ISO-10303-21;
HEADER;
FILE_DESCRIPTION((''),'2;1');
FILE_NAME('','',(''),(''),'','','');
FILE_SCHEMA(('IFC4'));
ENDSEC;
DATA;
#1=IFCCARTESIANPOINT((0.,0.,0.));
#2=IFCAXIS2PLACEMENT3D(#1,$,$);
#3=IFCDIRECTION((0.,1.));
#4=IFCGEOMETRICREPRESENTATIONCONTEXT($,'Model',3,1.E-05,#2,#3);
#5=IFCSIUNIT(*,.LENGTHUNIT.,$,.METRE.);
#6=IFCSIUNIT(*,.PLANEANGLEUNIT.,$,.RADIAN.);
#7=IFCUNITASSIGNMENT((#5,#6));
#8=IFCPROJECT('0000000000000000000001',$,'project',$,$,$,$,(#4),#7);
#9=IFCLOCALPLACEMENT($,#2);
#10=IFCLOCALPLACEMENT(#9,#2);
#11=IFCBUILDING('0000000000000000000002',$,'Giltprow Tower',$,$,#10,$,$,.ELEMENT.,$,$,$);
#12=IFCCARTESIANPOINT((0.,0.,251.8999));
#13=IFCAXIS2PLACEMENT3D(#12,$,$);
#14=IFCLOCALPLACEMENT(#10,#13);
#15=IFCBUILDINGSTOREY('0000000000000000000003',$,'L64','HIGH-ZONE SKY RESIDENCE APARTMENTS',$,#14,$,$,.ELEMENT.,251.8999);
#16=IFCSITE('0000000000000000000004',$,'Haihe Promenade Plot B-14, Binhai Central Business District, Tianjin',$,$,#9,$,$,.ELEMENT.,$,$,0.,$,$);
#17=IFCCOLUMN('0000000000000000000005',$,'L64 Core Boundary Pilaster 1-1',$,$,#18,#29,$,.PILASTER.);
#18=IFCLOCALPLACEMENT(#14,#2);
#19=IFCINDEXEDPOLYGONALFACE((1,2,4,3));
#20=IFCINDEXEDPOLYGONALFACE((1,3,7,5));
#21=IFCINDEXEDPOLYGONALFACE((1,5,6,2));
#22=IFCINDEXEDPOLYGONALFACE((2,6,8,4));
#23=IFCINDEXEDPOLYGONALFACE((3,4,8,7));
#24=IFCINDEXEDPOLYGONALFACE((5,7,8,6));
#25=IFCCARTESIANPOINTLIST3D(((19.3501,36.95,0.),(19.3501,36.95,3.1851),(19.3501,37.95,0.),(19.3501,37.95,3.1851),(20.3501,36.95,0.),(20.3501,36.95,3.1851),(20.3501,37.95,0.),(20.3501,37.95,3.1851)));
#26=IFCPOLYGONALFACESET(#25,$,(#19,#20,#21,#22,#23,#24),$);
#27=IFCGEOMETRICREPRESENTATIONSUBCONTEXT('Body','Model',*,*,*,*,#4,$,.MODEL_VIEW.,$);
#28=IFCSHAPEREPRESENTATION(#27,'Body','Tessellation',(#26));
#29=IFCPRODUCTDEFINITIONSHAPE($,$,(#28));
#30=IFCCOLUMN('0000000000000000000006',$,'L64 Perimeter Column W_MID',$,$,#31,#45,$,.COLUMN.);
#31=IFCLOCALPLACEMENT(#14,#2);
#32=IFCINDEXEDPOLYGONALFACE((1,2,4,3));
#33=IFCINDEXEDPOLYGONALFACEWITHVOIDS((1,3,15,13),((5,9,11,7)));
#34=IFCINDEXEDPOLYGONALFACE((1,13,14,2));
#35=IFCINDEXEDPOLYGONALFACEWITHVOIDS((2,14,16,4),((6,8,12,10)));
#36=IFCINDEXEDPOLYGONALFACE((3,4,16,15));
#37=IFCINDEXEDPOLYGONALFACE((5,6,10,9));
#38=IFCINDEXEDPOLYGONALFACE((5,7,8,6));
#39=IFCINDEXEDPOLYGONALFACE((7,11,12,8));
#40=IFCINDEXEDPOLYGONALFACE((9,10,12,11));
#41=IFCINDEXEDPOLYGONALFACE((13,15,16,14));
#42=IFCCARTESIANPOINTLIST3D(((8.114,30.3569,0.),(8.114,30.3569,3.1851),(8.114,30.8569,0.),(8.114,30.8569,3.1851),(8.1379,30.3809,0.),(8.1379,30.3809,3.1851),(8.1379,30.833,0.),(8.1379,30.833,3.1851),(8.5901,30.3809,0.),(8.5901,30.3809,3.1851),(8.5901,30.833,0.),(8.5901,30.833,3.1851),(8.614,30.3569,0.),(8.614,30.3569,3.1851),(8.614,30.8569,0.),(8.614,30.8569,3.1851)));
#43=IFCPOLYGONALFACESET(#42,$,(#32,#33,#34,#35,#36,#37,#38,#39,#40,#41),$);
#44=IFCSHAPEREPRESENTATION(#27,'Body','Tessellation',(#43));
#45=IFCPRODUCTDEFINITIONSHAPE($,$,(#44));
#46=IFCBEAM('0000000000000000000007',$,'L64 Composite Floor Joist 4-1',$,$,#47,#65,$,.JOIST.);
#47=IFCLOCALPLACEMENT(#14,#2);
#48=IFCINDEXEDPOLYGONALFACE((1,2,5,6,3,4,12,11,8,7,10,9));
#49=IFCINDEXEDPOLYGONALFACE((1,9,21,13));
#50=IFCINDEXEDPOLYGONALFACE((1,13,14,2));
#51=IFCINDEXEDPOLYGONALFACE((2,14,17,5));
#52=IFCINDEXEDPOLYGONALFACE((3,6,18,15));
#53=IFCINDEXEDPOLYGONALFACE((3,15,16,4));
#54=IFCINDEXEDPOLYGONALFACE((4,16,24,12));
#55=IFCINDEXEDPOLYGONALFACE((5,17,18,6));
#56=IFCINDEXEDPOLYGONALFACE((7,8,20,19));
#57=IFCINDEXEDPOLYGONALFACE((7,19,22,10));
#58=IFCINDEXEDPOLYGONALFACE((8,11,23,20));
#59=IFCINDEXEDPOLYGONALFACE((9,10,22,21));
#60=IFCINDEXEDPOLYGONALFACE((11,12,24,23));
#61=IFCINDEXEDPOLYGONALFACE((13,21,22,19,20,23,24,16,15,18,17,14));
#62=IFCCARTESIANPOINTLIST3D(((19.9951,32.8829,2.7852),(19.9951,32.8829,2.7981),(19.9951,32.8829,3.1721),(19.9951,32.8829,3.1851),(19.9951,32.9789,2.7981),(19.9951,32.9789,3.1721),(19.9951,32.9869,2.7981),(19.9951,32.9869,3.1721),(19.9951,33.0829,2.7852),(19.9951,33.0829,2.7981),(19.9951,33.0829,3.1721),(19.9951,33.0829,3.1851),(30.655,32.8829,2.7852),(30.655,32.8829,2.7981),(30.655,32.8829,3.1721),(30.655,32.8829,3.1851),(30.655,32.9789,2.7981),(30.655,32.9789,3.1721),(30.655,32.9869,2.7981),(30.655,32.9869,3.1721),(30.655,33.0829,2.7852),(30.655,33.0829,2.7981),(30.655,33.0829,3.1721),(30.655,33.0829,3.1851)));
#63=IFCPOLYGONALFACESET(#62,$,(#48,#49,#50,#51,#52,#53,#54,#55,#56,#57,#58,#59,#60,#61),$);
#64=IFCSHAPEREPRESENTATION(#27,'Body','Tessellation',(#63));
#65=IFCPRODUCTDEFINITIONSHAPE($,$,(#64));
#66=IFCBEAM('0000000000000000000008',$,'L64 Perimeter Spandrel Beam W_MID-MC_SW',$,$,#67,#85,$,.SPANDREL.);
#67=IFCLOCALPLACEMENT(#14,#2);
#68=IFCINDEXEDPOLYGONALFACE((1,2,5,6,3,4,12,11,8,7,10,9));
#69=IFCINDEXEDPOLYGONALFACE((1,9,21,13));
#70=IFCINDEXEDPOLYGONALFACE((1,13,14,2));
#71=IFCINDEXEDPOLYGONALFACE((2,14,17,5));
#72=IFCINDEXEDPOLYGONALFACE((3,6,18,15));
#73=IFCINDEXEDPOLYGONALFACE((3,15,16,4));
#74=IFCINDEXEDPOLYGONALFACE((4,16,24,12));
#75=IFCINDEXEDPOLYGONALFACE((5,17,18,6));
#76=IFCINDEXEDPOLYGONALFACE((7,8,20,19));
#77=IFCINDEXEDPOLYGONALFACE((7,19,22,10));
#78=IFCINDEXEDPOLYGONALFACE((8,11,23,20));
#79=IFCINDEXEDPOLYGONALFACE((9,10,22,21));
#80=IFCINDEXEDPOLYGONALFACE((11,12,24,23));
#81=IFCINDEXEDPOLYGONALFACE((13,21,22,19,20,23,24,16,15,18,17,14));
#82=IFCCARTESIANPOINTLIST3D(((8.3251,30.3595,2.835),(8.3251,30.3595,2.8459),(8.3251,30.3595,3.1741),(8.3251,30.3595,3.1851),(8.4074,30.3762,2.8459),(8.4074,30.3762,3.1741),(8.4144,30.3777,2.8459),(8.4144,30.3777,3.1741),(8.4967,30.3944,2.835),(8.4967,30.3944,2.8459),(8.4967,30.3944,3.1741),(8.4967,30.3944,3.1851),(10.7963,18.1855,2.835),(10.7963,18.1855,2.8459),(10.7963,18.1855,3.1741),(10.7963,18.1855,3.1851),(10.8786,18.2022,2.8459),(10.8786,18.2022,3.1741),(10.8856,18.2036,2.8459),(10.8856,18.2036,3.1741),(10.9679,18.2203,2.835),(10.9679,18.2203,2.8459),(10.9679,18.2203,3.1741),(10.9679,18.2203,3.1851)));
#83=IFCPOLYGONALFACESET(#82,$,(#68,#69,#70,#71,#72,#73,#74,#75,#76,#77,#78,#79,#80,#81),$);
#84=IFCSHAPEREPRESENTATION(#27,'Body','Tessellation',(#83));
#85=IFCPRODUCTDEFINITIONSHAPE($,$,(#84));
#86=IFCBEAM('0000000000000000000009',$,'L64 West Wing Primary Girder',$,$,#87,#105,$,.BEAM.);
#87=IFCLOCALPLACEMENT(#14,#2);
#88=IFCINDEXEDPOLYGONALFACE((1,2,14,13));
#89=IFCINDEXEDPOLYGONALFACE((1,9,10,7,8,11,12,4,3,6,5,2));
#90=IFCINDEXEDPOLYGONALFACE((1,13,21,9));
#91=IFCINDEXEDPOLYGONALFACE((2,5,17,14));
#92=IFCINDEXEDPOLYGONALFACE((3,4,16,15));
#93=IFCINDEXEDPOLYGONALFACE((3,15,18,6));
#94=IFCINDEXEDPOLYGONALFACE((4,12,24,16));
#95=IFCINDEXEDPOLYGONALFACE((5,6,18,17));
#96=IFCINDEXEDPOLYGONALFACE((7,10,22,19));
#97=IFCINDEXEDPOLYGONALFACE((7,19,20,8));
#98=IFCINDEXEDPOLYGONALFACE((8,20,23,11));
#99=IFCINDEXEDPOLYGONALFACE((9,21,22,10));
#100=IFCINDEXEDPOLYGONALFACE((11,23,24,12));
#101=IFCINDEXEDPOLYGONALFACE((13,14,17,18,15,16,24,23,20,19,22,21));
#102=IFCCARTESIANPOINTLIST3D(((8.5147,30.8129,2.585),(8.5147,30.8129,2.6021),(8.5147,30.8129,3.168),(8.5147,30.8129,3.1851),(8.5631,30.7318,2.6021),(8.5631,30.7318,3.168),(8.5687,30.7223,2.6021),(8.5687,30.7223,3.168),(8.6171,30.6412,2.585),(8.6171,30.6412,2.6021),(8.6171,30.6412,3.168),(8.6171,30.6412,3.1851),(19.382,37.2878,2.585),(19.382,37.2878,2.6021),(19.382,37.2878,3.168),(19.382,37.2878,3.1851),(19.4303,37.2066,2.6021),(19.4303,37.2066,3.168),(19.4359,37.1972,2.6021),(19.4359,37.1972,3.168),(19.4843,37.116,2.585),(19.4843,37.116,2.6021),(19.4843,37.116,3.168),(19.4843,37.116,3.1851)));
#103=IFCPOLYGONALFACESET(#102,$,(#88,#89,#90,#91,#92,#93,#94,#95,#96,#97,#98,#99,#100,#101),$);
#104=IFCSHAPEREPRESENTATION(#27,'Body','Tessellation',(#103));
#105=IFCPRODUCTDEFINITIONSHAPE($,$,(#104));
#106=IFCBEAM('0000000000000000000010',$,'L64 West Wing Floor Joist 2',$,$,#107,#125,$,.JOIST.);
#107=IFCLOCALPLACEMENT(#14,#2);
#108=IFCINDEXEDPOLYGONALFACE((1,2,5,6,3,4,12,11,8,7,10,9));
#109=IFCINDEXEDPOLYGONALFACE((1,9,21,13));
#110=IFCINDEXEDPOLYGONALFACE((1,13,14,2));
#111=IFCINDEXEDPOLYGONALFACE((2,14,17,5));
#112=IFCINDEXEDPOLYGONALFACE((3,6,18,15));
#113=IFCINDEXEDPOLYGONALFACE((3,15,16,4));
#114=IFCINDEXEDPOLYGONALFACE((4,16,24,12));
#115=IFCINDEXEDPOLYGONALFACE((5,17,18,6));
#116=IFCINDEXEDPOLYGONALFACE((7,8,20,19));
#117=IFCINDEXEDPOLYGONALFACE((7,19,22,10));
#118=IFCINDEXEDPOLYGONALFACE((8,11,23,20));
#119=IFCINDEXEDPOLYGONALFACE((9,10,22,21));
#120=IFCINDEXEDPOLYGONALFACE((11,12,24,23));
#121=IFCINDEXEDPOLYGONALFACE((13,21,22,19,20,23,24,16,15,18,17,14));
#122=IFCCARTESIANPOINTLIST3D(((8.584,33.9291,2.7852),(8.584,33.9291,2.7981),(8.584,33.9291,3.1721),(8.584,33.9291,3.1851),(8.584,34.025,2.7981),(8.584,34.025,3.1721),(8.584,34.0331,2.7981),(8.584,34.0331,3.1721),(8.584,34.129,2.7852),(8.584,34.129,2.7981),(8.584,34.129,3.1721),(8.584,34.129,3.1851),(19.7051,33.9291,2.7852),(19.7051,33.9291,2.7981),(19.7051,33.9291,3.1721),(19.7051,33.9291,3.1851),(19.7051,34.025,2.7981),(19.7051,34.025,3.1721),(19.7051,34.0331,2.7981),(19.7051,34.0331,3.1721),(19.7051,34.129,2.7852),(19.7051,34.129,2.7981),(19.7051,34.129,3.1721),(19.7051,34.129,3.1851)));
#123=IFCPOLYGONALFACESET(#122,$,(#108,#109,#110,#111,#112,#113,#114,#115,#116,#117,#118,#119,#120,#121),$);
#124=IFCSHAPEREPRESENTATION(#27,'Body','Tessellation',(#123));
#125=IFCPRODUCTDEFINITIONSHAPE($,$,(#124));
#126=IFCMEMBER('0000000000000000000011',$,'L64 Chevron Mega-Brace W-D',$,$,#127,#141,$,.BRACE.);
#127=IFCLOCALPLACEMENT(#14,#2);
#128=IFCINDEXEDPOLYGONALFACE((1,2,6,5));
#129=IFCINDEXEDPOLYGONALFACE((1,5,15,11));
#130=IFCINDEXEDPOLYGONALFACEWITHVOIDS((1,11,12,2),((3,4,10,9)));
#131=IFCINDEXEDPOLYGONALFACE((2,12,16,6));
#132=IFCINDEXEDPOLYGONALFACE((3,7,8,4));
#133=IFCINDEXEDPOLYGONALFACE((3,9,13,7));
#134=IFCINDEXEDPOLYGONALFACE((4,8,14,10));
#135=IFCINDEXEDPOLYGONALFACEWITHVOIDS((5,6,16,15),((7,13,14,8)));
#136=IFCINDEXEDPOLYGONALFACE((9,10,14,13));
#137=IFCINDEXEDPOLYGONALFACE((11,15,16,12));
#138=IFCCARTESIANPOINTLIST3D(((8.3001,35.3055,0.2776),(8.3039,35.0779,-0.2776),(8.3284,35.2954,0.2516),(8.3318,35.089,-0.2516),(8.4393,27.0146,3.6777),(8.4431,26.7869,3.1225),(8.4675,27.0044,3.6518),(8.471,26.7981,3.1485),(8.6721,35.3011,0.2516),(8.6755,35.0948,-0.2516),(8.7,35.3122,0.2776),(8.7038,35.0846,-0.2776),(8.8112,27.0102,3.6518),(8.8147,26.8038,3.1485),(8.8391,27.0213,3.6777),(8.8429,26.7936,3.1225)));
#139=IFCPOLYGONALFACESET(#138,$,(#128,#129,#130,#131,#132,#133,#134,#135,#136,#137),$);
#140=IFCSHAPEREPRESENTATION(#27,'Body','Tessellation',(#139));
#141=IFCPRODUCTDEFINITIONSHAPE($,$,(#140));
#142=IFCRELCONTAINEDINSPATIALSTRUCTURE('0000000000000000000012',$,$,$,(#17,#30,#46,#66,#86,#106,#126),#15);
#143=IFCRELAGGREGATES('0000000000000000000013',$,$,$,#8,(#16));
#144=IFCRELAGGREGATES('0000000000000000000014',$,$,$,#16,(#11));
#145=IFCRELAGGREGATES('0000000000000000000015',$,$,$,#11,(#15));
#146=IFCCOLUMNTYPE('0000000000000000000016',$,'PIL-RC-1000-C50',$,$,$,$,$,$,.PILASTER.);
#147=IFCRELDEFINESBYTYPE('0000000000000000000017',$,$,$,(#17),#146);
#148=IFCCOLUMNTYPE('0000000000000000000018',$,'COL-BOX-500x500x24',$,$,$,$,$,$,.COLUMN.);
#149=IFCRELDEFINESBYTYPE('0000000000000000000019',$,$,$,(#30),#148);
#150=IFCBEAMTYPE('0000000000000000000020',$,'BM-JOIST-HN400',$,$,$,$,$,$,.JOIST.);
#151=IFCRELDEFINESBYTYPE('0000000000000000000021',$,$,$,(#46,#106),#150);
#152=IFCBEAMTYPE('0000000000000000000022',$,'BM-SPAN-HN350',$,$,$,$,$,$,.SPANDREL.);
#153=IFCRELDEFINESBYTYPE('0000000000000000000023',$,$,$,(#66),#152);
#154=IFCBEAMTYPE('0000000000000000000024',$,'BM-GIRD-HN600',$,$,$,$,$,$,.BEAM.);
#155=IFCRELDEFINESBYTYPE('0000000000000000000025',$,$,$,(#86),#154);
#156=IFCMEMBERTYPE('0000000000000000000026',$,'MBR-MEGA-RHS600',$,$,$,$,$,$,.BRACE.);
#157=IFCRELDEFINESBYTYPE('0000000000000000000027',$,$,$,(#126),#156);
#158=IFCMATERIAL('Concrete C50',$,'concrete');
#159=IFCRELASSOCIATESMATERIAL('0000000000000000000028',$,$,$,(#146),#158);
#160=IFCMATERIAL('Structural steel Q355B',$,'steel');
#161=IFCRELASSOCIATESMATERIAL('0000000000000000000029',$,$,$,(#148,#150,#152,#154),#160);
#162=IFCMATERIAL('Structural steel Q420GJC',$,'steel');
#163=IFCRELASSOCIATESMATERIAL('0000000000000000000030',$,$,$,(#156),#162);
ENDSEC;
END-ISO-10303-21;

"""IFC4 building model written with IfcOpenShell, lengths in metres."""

from ifc_helpers import new_model, si_unit, direction, frame, origin, origin_2d, place, context, subcontext, project, spatial, rectangle, hollow_rectangle, i_section, extrude, source, transform, mapped, material, material_profile, profile_set, type_object, element, save


model = new_model("IFC4")

# Units and contexts
model_context = context("Model", 3, precision=1e-05, world=origin(), true_north=direction((0.0, 1.0)))
body_context = subcontext(model_context, "Body", "Model", "MODEL_VIEW")
ifc_project = project(units=[si_unit("LENGTHUNIT", "METRE"), si_unit("PLANEANGLEUNIT", "RADIAN")], contexts=[model_context])

# Site, building, storey
site_placement = place(None, origin())
site = spatial("IfcSite", under=ifc_project, at=site_placement, Name="Haihe Promenade Plot B-14, Binhai Central Business District, Tianjin", CompositionType="ELEMENT", RefElevation=0.0)
building_placement = place(site_placement, origin())
building = spatial("IfcBuilding", under=site, at=building_placement, Name="Giltprow Tower", CompositionType="ELEMENT")
storey_placement = place(building_placement, frame((0.0, 0.0, 251.8999)))
storey = spatial("IfcBuildingStorey", under=building, at=storey_placement, Name="L64", Description="HIGH-ZONE SKY RESIDENCE APARTMENTS", CompositionType="ELEMENT", Elevation=251.8999)

# Columns
ifc_material_1 = material(Name="Concrete C50", Category="concrete")
ifc_material_profile_1 = material_profile(ifc_material_1, rectangle(XDim=1.0, YDim=1.0, at=origin_2d()), Name="RC 1000x1000")
ifc_profile_set_1 = profile_set([ifc_material_profile_1], Name="Concrete C50")
column_type_1 = type_object("IfcColumnType", Name="PIL-RC-1000-C50", PredefinedType="PILASTER", material=ifc_profile_set_1)
shared_shape_1 = source(origin(), body_context, "Body", "SweptSolid", [
    extrude(rectangle(XDim=1.0, YDim=1.0, at=origin_2d()), origin(), (0.0, 0.0, 1.0), 3.1851),
])
column_1_placement = place(storey_placement, frame((19.8501, 37.45, 0.0), z_axis=(0.0, 0.0, 1.0), x_axis=(1.0, 0.0, 0.0)))
element("IfcColumn", 1, at=column_1_placement, inside=storey, type_object=column_type_1, Name="L64 Core Boundary Pilaster 1-1", PredefinedType="PILASTER", context=body_context, shape_type="MappedRepresentation", body=[
    mapped(shared_shape_1, transform((0.0, 0.0, 0.0), x_axis=(1.0, 0.0, 0.0), y_axis=(0.0, 1.0, 0.0), z_axis=(0.0, 0.0, 1.0), scale=1.0)),
])
ifc_material_2 = material(Name="Structural steel Q355B", Category="steel")
ifc_material_profile_2 = material_profile(ifc_material_2, hollow_rectangle(XDim=0.5, YDim=0.5, WallThickness=0.0239, at=origin_2d()), Name="BOX 500x500x24")
ifc_profile_set_2 = profile_set([ifc_material_profile_2], Name="Structural steel Q355B")
column_type_2 = type_object("IfcColumnType", Name="COL-BOX-500x500x24", PredefinedType="COLUMN", material=ifc_profile_set_2)
shared_shape_2 = source(origin(), body_context, "Body", "SweptSolid", [
    extrude(hollow_rectangle(XDim=0.5, YDim=0.5, WallThickness=0.0239, at=origin_2d()), origin(), (0.0, 0.0, 1.0), 3.1851),
])
column_2_placement = place(storey_placement, frame((8.364, 30.6069, 0.0), z_axis=(0.0, 0.0, 1.0), x_axis=(1.0, 0.0, 0.0)))
element("IfcColumn", 2, at=column_2_placement, inside=storey, type_object=column_type_2, Name="L64 Perimeter Column W_MID", PredefinedType="COLUMN", context=body_context, shape_type="MappedRepresentation", body=[
    mapped(shared_shape_2, transform((0.0, 0.0, 0.0), x_axis=(1.0, 0.0, 0.0), y_axis=(0.0, 1.0, 0.0), z_axis=(0.0, 0.0, 1.0), scale=1.0)),
])

# Beams
ifc_material_profile_3 = material_profile(ifc_material_2, i_section(OverallWidth=0.2, OverallDepth=0.3999, WebThickness=0.0081, FlangeThickness=0.0129, at=origin_2d()), Name="HN 400x200x8x13")
ifc_profile_set_3 = profile_set([ifc_material_profile_3], Name="Structural steel Q355B")
beam_type_1 = type_object("IfcBeamType", Name="BM-JOIST-HN400", PredefinedType="JOIST", material=ifc_profile_set_3)
shared_shape_3 = source(origin(), body_context, "Body", "SweptSolid", [
    extrude(i_section(OverallWidth=0.2, OverallDepth=0.3999, WebThickness=0.0081, FlangeThickness=0.0129, at=origin_2d()), origin(), (0.0, 0.0, 1.0), 10.6599),
])
beam_1_placement = place(storey_placement, frame((19.9951, 32.9829, 2.9851), z_axis=(1.0, 0.0, 0.0), x_axis=(0.0, 1.0, 0.0)))
element("IfcBeam", 3, at=beam_1_placement, inside=storey, type_object=beam_type_1, Name="L64 Composite Floor Joist 4-1", PredefinedType="JOIST", context=body_context, shape_type="MappedRepresentation", body=[
    mapped(shared_shape_3, transform((0.0, 0.0, 0.0), x_axis=(1.0, 0.0, 0.0), y_axis=(0.0, 1.0, 0.0), z_axis=(0.0, 0.0, 1.0), scale=1.0)),
])
ifc_material_profile_4 = material_profile(ifc_material_2, i_section(OverallWidth=0.175, OverallDepth=0.3501, WebThickness=0.0071, FlangeThickness=0.011, at=origin_2d()), Name="HN 350x175x7x11")
ifc_profile_set_4 = profile_set([ifc_material_profile_4], Name="Structural steel Q355B")
beam_type_2 = type_object("IfcBeamType", Name="BM-SPAN-HN350", PredefinedType="SPANDREL", material=ifc_profile_set_4)
shared_shape_4 = source(origin(), body_context, "Body", "SweptSolid", [
    extrude(i_section(OverallWidth=0.175, OverallDepth=0.3501, WebThickness=0.0071, FlangeThickness=0.011, at=origin_2d()), origin(), (0.0, 0.0, 1.0), 12.4224),
])
beam_2_placement = place(storey_placement, frame((8.4109, 30.377, 3.01), z_axis=(0.198931, -0.980013, 0.0), x_axis=(0.980013, 0.198931, 0.0)))
element("IfcBeam", 4, at=beam_2_placement, inside=storey, type_object=beam_type_2, Name="L64 Perimeter Spandrel Beam W_MID-MC_SW", PredefinedType="SPANDREL", context=body_context, shape_type="MappedRepresentation", body=[
    mapped(shared_shape_4, transform((0.0, 0.0, 0.0), x_axis=(1.0, 0.0, 0.0), y_axis=(0.0, 1.0, 0.0), z_axis=(0.0, 0.0, 1.0), scale=1.0)),
])
ifc_material_profile_5 = material_profile(ifc_material_2, i_section(OverallWidth=0.2, OverallDepth=0.6001, WebThickness=0.011, FlangeThickness=0.0171, at=origin_2d()), Name="HN 600x200x11x17")
ifc_profile_set_5 = profile_set([ifc_material_profile_5], Name="Structural steel Q355B")
beam_type_3 = type_object("IfcBeamType", Name="BM-GIRD-HN600", PredefinedType="BEAM", material=ifc_profile_set_5)
shared_shape_5 = source(origin(), body_context, "Body", "SweptSolid", [
    extrude(i_section(OverallWidth=0.2, OverallDepth=0.6001, WebThickness=0.011, FlangeThickness=0.0171, at=origin_2d()), origin(), (0.0, 0.0, 1.0), 12.6499),
])
beam_3_placement = place(storey_placement, frame((8.5659, 30.7271, 2.885), z_axis=(0.859074, 0.511851, 0.0), x_axis=(-0.511851, 0.859074, 0.0)))
element("IfcBeam", 5, at=beam_3_placement, inside=storey, type_object=beam_type_3, Name="L64 West Wing Primary Girder", PredefinedType="BEAM", context=body_context, shape_type="MappedRepresentation", body=[
    mapped(shared_shape_5, transform((0.0, 0.0, 0.0), x_axis=(1.0, 0.0, 0.0), y_axis=(0.0, 1.0, 0.0), z_axis=(0.0, 0.0, 1.0), scale=1.0)),
])
shared_shape_6 = source(origin(), body_context, "Body", "SweptSolid", [
    extrude(i_section(OverallWidth=0.2, OverallDepth=0.3999, WebThickness=0.0081, FlangeThickness=0.0129, at=origin_2d()), origin(), (0.0, 0.0, 1.0), 11.1211),
])
beam_4_placement = place(storey_placement, frame((8.584, 34.0291, 2.9851), z_axis=(1.0, 0.0, 0.0), x_axis=(0.0, 1.0, 0.0)))
element("IfcBeam", 6, at=beam_4_placement, inside=storey, type_object=beam_type_1, Name="L64 West Wing Floor Joist 2", PredefinedType="JOIST", context=body_context, shape_type="MappedRepresentation", body=[
    mapped(shared_shape_6, transform((0.0, 0.0, 0.0), x_axis=(1.0, 0.0, 0.0), y_axis=(0.0, 1.0, 0.0), z_axis=(0.0, 0.0, 1.0), scale=1.0)),
])

# Member
ifc_material_3 = material(Name="Structural steel Q420GJC", Category="steel")
ifc_material_profile_6 = material_profile(ifc_material_3, hollow_rectangle(XDim=0.3999, YDim=0.6001, WallThickness=0.0281, at=origin_2d()), Name="RHS 600x400x28")
ifc_profile_set_6 = profile_set([ifc_material_profile_6], Name="Structural steel Q420GJC")
member_type = type_object("IfcMemberType", Name="MBR-MEGA-RHS600", PredefinedType="BRACE", material=ifc_profile_set_6)
shared_shape_7 = source(origin(), body_context, "Body", "SweptSolid", [
    extrude(hollow_rectangle(XDim=0.3999, YDim=0.6001, WallThickness=0.0281, at=origin_2d()), origin(), (0.0, 0.0, 1.0), 8.9622),
])
member_placement = place(storey_placement, frame((8.502, 35.1951, 0.0), z_axis=(0.015527, -0.925108, 0.379387), x_axis=(0.999859, 0.016782, 0.0)))
element("IfcMember", 7, at=member_placement, inside=storey, type_object=member_type, Name="L64 Chevron Mega-Brace W-D", PredefinedType="BRACE", context=body_context, shape_type="MappedRepresentation", body=[
    mapped(shared_shape_7, transform((0.0, 0.0, 0.0), x_axis=(1.0, 0.0, 0.0), y_axis=(0.0, 1.0, 0.0), z_axis=(0.0, 0.0, 1.0), scale=1.0)),
])

save(model, "model.ifc")
